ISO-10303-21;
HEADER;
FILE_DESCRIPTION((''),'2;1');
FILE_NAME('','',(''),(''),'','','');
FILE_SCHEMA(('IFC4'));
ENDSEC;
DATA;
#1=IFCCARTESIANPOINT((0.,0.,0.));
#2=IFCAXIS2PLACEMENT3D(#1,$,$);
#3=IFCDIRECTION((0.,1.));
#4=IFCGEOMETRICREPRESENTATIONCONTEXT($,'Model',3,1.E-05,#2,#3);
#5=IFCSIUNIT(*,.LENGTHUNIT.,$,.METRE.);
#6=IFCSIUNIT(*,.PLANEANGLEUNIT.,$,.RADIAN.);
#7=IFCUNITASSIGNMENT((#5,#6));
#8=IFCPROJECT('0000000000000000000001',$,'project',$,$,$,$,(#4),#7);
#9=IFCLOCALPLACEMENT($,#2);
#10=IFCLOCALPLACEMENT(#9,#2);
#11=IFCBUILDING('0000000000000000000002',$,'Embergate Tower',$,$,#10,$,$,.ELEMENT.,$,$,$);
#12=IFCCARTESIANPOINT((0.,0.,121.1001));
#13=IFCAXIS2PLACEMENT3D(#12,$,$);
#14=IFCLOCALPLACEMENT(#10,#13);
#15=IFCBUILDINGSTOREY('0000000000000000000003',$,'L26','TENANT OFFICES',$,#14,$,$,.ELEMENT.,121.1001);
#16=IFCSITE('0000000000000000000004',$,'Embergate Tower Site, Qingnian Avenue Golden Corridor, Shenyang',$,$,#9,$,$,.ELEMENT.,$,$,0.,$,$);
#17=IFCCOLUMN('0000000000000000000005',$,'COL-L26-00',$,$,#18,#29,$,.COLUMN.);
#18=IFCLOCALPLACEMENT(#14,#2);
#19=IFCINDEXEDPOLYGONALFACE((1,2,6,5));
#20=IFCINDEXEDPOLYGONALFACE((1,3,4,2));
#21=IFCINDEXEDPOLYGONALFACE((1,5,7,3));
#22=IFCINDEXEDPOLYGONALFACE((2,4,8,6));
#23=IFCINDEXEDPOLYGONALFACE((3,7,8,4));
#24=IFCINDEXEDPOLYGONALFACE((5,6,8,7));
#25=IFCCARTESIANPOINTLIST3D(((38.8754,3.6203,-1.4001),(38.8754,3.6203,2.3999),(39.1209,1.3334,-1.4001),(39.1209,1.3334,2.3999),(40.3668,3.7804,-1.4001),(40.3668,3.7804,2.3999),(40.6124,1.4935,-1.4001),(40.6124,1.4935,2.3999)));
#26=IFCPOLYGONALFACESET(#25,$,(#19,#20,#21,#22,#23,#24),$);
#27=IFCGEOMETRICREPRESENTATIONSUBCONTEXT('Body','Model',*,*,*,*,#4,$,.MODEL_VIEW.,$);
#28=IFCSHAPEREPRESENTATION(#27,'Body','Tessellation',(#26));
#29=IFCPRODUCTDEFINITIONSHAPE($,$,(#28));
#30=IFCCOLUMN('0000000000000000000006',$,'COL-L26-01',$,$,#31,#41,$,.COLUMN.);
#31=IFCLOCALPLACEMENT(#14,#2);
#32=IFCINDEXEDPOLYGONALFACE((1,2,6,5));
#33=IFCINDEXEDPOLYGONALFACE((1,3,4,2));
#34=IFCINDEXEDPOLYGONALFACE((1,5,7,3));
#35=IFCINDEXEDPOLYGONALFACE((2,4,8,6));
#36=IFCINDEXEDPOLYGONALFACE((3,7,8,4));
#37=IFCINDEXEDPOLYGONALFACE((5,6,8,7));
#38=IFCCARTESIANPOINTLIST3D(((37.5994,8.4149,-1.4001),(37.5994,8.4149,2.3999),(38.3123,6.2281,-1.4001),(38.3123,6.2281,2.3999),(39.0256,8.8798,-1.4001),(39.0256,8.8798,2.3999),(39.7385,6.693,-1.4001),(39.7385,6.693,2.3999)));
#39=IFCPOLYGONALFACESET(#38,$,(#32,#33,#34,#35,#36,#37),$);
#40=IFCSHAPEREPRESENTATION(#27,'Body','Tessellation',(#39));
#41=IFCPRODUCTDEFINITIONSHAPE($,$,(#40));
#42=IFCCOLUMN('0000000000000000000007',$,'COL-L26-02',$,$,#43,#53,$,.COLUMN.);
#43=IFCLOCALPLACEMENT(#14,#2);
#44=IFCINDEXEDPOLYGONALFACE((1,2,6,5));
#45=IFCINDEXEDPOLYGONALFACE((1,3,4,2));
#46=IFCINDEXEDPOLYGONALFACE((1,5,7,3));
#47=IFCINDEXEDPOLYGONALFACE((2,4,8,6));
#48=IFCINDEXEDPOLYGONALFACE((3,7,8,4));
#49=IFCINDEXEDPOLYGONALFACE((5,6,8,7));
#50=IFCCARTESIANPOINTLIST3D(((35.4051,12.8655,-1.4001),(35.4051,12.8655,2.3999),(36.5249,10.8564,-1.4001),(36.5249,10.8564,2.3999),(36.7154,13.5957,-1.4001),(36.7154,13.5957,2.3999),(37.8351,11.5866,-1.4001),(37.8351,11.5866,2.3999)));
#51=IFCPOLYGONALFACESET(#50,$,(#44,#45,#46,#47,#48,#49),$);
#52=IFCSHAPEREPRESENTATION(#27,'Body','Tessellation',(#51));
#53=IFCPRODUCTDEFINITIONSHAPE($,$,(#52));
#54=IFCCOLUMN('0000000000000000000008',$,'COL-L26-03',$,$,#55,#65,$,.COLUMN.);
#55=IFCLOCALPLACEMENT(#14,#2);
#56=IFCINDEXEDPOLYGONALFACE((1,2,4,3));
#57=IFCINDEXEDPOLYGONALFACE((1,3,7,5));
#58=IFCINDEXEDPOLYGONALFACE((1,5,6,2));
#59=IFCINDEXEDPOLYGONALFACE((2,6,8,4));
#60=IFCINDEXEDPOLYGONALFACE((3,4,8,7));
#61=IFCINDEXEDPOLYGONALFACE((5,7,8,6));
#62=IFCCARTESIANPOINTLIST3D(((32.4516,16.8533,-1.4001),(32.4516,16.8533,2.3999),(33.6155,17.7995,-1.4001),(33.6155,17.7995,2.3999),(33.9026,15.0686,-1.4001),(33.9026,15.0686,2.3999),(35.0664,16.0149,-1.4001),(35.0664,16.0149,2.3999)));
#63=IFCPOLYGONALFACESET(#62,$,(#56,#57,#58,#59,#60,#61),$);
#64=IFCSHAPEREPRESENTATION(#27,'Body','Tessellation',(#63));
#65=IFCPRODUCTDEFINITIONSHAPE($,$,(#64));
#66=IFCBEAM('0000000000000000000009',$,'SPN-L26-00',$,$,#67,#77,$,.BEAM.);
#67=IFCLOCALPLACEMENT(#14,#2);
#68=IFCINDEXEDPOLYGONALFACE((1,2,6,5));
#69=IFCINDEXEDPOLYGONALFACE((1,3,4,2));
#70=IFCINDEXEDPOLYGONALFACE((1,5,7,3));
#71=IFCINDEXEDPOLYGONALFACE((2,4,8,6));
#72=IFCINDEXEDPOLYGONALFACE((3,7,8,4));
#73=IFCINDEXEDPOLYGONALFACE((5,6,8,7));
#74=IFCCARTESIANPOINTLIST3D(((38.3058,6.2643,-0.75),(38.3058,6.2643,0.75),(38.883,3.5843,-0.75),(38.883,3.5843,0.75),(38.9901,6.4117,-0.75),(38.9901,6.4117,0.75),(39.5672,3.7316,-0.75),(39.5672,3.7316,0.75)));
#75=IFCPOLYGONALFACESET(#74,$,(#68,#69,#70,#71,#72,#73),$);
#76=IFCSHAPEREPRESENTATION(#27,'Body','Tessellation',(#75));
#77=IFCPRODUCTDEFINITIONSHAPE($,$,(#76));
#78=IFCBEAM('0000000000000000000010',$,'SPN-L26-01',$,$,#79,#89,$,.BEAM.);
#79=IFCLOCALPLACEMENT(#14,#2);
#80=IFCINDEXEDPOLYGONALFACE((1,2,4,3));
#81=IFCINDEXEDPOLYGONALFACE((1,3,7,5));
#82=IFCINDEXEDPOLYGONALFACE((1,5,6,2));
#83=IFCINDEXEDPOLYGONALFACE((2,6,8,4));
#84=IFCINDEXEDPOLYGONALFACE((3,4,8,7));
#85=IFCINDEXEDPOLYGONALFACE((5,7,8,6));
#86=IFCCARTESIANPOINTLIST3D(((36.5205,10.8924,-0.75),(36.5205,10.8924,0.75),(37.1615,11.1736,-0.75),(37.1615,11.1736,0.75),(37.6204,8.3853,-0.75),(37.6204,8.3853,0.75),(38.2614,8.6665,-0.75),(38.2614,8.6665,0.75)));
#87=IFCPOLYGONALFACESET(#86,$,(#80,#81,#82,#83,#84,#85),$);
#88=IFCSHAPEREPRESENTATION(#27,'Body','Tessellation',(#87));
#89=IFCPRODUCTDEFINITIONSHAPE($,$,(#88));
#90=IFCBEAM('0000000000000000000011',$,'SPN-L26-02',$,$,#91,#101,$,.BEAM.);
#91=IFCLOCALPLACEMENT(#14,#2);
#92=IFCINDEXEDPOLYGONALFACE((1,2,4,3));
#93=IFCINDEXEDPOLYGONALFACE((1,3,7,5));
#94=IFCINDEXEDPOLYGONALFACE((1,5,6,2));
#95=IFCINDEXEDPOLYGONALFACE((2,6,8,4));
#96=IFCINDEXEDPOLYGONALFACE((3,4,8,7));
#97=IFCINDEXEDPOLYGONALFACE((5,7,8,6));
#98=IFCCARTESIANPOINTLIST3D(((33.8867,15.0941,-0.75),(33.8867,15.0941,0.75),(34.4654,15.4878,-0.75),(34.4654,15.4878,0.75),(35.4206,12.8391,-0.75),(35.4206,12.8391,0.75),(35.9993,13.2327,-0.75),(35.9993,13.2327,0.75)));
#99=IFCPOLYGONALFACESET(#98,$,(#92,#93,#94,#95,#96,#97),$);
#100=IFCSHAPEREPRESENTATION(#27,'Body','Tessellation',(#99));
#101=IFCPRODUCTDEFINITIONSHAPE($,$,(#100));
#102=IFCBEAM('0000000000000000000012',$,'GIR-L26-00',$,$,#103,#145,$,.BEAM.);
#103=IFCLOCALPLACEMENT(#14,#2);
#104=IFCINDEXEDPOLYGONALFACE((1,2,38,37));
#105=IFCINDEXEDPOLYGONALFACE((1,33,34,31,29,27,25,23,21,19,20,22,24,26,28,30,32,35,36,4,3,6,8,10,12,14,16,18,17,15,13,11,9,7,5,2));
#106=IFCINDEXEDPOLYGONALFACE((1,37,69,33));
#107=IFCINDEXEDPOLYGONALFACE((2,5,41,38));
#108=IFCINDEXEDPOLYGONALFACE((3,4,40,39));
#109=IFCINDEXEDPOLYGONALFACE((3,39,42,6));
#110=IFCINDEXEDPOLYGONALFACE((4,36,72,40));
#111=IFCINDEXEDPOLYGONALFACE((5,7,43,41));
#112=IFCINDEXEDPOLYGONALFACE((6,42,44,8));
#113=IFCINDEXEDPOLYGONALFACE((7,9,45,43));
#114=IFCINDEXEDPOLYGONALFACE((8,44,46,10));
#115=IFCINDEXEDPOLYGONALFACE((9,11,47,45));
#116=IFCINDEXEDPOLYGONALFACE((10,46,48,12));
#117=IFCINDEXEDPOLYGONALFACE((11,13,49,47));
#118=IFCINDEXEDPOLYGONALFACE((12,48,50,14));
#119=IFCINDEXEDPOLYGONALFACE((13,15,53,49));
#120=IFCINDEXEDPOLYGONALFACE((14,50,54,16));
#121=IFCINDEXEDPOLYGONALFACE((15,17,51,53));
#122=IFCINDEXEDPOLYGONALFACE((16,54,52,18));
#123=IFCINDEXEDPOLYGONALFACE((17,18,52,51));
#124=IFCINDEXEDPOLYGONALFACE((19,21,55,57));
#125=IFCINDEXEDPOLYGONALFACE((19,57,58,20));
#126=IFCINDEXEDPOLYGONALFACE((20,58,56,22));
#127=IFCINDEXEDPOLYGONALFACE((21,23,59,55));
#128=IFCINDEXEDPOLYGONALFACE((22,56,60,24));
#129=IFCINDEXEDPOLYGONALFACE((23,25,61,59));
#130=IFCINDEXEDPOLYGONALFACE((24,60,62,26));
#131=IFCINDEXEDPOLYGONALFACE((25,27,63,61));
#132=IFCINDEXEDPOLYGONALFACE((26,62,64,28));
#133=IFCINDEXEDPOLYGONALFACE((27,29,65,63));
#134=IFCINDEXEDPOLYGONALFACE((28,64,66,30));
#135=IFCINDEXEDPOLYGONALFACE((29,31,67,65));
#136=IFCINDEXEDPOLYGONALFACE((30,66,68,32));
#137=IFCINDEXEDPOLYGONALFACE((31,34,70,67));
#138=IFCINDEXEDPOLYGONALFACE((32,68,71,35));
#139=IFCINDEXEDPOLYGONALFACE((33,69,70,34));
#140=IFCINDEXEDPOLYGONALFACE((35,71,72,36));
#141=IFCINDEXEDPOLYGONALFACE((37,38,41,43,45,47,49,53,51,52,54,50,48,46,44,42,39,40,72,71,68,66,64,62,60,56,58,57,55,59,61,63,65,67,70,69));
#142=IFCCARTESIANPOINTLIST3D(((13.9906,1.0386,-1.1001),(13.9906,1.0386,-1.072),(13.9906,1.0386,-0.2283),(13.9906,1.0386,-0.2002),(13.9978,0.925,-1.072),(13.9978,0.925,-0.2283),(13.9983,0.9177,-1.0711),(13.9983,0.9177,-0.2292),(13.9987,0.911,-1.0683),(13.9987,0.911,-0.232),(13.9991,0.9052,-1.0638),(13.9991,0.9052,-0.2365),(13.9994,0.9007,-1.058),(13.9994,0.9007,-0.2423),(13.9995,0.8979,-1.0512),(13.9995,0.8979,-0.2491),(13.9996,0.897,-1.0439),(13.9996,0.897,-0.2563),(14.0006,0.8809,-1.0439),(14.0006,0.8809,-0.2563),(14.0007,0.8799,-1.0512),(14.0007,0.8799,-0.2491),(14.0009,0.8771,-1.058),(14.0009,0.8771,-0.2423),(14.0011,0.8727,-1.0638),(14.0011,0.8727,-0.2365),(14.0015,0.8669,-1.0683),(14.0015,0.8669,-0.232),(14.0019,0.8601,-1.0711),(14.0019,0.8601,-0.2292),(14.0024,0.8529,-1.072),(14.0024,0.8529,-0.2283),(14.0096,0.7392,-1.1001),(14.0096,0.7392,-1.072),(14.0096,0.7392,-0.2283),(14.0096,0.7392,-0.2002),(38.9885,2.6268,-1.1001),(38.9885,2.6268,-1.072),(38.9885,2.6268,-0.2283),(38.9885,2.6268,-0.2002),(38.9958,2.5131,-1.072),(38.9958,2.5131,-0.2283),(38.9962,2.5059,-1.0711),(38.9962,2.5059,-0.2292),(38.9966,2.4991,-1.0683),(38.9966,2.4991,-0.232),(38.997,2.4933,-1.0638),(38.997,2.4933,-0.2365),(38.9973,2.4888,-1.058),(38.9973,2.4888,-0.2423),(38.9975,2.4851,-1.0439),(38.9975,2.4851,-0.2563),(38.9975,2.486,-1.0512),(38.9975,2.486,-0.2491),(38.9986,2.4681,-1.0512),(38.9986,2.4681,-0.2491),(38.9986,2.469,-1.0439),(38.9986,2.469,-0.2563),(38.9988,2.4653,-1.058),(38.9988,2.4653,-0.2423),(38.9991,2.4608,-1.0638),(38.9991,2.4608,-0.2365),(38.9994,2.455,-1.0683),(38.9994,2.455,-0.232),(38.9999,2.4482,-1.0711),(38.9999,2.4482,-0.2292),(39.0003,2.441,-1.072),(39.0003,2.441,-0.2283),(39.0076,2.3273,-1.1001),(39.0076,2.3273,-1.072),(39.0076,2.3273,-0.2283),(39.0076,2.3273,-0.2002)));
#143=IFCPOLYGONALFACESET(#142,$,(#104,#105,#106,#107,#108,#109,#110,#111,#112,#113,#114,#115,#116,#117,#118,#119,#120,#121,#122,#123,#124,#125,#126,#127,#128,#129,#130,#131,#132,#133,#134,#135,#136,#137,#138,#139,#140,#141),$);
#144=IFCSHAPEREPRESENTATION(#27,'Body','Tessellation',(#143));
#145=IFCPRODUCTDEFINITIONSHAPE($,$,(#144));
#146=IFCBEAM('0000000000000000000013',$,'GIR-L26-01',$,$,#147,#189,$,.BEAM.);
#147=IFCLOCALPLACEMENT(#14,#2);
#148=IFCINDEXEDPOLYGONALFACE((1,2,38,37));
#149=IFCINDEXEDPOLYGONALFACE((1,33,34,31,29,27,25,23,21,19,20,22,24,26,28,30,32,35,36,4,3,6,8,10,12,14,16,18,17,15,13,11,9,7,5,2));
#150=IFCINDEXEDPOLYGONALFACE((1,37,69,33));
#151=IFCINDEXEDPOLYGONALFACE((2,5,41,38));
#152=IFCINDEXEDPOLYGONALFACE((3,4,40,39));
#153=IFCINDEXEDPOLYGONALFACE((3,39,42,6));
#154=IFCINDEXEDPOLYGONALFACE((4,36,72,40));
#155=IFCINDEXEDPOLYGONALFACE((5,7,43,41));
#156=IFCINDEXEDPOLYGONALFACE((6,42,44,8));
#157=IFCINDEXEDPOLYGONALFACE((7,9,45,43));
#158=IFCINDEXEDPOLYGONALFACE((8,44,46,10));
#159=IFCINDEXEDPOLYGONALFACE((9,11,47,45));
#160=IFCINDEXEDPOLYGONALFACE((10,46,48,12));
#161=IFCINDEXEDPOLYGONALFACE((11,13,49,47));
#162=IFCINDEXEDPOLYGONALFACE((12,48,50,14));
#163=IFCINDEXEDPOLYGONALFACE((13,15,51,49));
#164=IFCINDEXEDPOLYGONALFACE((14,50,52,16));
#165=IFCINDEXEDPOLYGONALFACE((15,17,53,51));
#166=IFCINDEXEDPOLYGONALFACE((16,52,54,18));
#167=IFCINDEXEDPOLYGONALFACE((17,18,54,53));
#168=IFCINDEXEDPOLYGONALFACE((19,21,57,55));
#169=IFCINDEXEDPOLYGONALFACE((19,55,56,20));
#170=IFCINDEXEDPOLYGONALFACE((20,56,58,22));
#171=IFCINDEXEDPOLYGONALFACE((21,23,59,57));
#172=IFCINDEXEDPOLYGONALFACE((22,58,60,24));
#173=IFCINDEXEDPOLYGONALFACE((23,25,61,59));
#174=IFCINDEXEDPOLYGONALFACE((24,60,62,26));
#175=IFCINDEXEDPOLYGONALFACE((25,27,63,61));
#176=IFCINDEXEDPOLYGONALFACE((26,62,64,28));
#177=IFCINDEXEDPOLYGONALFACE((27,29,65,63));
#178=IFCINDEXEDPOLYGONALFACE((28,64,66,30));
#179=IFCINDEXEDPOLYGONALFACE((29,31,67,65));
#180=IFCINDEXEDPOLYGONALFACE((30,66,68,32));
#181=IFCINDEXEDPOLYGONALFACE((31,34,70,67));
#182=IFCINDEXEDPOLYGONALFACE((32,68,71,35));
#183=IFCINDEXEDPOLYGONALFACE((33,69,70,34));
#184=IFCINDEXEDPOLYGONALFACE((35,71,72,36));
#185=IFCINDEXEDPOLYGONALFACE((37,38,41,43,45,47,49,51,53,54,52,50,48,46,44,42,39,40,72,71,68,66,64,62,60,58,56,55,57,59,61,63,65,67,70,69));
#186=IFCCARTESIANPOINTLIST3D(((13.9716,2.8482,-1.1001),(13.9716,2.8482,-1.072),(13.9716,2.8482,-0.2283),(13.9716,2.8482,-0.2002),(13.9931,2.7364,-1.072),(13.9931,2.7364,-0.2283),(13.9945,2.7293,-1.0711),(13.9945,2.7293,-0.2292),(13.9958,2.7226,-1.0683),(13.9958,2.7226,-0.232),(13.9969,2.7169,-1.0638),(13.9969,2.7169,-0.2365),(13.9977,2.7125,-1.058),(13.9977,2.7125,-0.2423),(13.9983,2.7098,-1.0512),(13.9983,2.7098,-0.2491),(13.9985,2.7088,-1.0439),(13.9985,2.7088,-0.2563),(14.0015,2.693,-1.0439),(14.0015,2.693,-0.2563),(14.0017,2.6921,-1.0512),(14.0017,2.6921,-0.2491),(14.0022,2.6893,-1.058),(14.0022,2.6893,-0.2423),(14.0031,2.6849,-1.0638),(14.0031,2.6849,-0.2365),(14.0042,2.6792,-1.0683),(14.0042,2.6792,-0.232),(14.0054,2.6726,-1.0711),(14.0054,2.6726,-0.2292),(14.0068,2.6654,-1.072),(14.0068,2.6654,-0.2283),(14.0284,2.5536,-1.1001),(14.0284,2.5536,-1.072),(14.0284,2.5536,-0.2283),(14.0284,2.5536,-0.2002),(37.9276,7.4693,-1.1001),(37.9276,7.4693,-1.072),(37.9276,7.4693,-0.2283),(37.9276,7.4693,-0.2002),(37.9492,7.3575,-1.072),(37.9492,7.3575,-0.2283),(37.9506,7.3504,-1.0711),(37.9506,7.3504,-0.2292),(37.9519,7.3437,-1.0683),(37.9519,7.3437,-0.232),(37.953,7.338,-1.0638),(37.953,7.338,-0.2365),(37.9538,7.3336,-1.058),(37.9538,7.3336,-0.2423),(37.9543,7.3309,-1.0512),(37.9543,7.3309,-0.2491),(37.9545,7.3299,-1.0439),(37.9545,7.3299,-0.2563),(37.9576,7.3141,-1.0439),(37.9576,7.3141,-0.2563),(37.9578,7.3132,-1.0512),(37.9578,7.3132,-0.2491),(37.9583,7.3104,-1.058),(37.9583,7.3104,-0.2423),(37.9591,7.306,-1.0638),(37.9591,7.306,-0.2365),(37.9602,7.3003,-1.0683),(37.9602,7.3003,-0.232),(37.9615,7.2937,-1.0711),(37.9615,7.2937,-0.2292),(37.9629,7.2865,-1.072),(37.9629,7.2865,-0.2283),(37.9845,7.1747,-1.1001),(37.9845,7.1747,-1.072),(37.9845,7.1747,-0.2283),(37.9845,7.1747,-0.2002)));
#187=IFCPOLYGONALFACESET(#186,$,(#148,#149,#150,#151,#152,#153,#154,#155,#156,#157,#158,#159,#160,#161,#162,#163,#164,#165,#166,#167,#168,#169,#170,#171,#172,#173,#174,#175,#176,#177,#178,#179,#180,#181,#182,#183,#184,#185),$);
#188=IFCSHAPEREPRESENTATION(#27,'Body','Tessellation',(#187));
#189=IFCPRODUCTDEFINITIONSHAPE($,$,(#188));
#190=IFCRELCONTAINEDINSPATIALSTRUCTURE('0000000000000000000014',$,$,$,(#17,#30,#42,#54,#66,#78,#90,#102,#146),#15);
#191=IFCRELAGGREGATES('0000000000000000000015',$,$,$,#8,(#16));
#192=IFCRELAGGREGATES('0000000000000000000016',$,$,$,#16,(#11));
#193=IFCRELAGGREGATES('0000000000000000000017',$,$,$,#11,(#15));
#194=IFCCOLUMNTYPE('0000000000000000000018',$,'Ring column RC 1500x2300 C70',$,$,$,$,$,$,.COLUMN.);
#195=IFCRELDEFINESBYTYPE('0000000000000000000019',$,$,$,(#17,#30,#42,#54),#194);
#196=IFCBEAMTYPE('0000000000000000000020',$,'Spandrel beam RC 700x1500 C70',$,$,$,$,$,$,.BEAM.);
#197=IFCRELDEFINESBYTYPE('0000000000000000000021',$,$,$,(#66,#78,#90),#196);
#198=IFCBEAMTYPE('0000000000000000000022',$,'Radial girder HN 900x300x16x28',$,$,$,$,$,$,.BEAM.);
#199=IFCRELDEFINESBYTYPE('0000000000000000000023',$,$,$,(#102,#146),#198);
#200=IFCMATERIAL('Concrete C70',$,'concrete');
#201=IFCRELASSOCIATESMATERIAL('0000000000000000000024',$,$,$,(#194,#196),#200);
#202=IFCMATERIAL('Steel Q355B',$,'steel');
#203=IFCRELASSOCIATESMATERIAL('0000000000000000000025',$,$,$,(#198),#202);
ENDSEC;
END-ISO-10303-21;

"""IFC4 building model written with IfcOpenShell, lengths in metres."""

from ifc_helpers import new_model, si_unit, direction, frame, origin, origin_2d, place, context, subcontext, project, spatial, rectangle, i_section, extrude, source, transform, mapped, material, material_profile, profile_set, type_object, element, save


model = new_model("IFC4")

# Units and contexts
model_context = context("Model", 3, precision=1e-05, world=origin(), true_north=direction((0.0, 1.0)))
body_context = subcontext(model_context, "Body", "Model", "MODEL_VIEW")
ifc_project = project(units=[si_unit("LENGTHUNIT", "METRE"), si_unit("PLANEANGLEUNIT", "RADIAN")], contexts=[model_context])

# Site, building, storey
site_placement = place(None, origin())
site = spatial("IfcSite", under=ifc_project, at=site_placement, Name="Embergate Tower Site, Qingnian Avenue Golden Corridor, Shenyang", CompositionType="ELEMENT", RefElevation=0.0)
building_placement = place(site_placement, origin())
building = spatial("IfcBuilding", under=site, at=building_placement, Name="Embergate Tower", CompositionType="ELEMENT")
storey_placement = place(building_placement, frame((0.0, 0.0, 121.1001)))
storey = spatial("IfcBuildingStorey", under=building, at=storey_placement, Name="L26", Description="TENANT OFFICES", CompositionType="ELEMENT", Elevation=121.1001)

# Columns
ifc_material_1 = material(Name="Concrete C70", Category="concrete")
ifc_material_profile_1 = material_profile(ifc_material_1, rectangle(XDim=1.5, YDim=2.3, at=origin_2d()), Name="RC 1500x2300")
ifc_profile_set_1 = profile_set([ifc_material_profile_1], Name="Concrete C70")
column_type = type_object("IfcColumnType", Name="Ring column RC 1500x2300 C70", PredefinedType="COLUMN", material=ifc_profile_set_1)
shared_shape_1 = source(origin(), body_context, "Body", "SweptSolid", [
    extrude(rectangle(XDim=1.5, YDim=2.3, at=origin_2d()), origin(), (0.0, 0.0, 1.0), 3.8),
])
for number, where, z_axis, x_axis, name in (
    (1, (39.7439, 2.5569, -1.4001), (0.0, 0.0, 1.0), (0.994286, 0.10675, 0.0), "COL-L26-00"),
    (2, (38.6689, 7.554, -1.4001), (0.0, 0.0, 1.0), (0.950754, 0.309946, 0.0), "COL-L26-01"),
    (3, (36.6201, 12.2261, -1.4001), (0.0, 0.0, 1.0), (0.8735, 0.486823, 0.0), "COL-L26-02"),
    (4, (33.759, 16.4341, -1.4001), (0.0, 0.0, 1.0), (0.775925, 0.630825, 0.0), "COL-L26-03"),
):
    element("IfcColumn", number, at=place(storey_placement, frame(where, z_axis=z_axis, x_axis=x_axis)), inside=storey, type_object=column_type, Name=name, PredefinedType="COLUMN", context=body_context, shape_type="MappedRepresentation", body=[
        mapped(shared_shape_1, transform((0.0, 0.0, 0.0))),
    ])

# Beams
ifc_material_profile_2 = material_profile(ifc_material_1, rectangle(XDim=0.7, YDim=1.5, at=origin_2d()), Name="RC 700x1500")
ifc_profile_set_2 = profile_set([ifc_material_profile_2], Name="Concrete C70")
beam_type_1 = type_object("IfcBeamType", Name="Spandrel beam RC 700x1500 C70", PredefinedType="BEAM", material=ifc_profile_set_2)
shared_shape_2 = source(origin(), body_context, "Body", "SweptSolid", [
    extrude(rectangle(XDim=0.7, YDim=1.5, at=origin_2d()), origin(), (0.0, 0.0, 1.0), 2.7415),
])
beam_1_placement = place(storey_placement, frame((39.2251, 3.658, 0.0), z_axis=(-0.210533, 0.977587, 0.0), x_axis=(-0.977587, -0.210533, 0.0)))
element("IfcBeam", 5, at=beam_1_placement, inside=storey, type_object=beam_type_1, Name="SPN-L26-00", PredefinedType="BEAM", context=body_context, shape_type="MappedRepresentation", body=[
    mapped(shared_shape_2, transform((0.0, 0.0, 0.0))),
])
shared_shape_3 = source(origin(), body_context, "Body", "SweptSolid", [
    extrude(rectangle(XDim=0.7, YDim=1.5, at=origin_2d()), origin(), (0.0, 0.0, 1.0), 2.7378),
])
beam_2_placement = place(storey_placement, frame((37.9409, 8.5259, 0.0), z_axis=(-0.40174, 0.915754, 0.0), x_axis=(-0.915754, -0.40174, 0.0)))
element("IfcBeam", 6, at=beam_2_placement, inside=storey, type_object=beam_type_1, Name="SPN-L26-01", PredefinedType="BEAM", context=body_context, shape_type="MappedRepresentation", body=[
    mapped(shared_shape_3, transform((0.0, 0.0, 0.0))),
])
shared_shape_4 = source(origin(), body_context, "Body", "SweptSolid", [
    extrude(rectangle(XDim=0.7, YDim=1.5, at=origin_2d()), origin(), (0.0, 0.0, 1.0), 2.7273),
])
beam_3_placement = place(storey_placement, frame((35.71, 13.0359, 0.0), z_axis=(-0.562423, 0.82685, 0.0), x_axis=(-0.82685, -0.562423, 0.0)))
element("IfcBeam", 7, at=beam_3_placement, inside=storey, type_object=beam_type_1, Name="SPN-L26-02", PredefinedType="BEAM", context=body_context, shape_type="MappedRepresentation", body=[
    mapped(shared_shape_4, transform((0.0, 0.0, 0.0))),
])
ifc_material_2 = material(Name="Steel Q355B", Category="steel")
ifc_material_profile_3 = material_profile(ifc_material_2, i_section(OverallWidth=0.3, OverallDepth=0.8999, WebThickness=0.0161, FlangeThickness=0.0281, FilletRadius=0.0281, at=origin_2d()), Name="HN 900x300x16x28")
ifc_profile_set_3 = profile_set([ifc_material_profile_3], Name="Steel Q355 grade B")
beam_type_2 = type_object("IfcBeamType", Name="Radial girder HN 900x300x16x28", PredefinedType="BEAM", material=ifc_profile_set_3)
shared_shape_5 = source(origin(), body_context, "Body", "SweptSolid", [
    extrude(i_section(OverallWidth=0.3, OverallDepth=0.8999, WebThickness=0.0161, FlangeThickness=0.0281, FilletRadius=0.0281, at=origin_2d()), origin(), (0.0, 0.0, 1.0), 25.0483),
])
beam_4_placement = place(storey_placement, frame((38.998, 2.4771, -0.6501), z_axis=(-0.997988, -0.063403, 0.0), x_axis=(0.063403, -0.997988, 0.0)))
element("IfcBeam", 8, at=beam_4_placement, inside=storey, type_object=beam_type_2, Name="GIR-L26-00", PredefinedType="BEAM", context=body_context, shape_type="MappedRepresentation", body=[
    mapped(shared_shape_5, transform((0.0, 0.0, 0.0))),
])
shared_shape_6 = source(origin(), body_context, "Body", "SweptSolid", [
    extrude(i_section(OverallWidth=0.3, OverallDepth=0.8999, WebThickness=0.0161, FlangeThickness=0.0281, FilletRadius=0.0281, at=origin_2d()), origin(), (0.0, 0.0, 1.0), 24.3977),
])
beam_5_placement = place(storey_placement, frame((37.9561, 7.322, -0.6501), z_axis=(-0.981899, -0.189407, 0.0), x_axis=(0.189407, -0.981899, 0.0)))
element("IfcBeam", 9, at=beam_5_placement, inside=storey, type_object=beam_type_2, Name="GIR-L26-01", PredefinedType="BEAM", context=body_context, shape_type="MappedRepresentation", body=[
    mapped(shared_shape_6, transform((0.0, 0.0, 0.0))),
])

save(model, "model.ifc")
